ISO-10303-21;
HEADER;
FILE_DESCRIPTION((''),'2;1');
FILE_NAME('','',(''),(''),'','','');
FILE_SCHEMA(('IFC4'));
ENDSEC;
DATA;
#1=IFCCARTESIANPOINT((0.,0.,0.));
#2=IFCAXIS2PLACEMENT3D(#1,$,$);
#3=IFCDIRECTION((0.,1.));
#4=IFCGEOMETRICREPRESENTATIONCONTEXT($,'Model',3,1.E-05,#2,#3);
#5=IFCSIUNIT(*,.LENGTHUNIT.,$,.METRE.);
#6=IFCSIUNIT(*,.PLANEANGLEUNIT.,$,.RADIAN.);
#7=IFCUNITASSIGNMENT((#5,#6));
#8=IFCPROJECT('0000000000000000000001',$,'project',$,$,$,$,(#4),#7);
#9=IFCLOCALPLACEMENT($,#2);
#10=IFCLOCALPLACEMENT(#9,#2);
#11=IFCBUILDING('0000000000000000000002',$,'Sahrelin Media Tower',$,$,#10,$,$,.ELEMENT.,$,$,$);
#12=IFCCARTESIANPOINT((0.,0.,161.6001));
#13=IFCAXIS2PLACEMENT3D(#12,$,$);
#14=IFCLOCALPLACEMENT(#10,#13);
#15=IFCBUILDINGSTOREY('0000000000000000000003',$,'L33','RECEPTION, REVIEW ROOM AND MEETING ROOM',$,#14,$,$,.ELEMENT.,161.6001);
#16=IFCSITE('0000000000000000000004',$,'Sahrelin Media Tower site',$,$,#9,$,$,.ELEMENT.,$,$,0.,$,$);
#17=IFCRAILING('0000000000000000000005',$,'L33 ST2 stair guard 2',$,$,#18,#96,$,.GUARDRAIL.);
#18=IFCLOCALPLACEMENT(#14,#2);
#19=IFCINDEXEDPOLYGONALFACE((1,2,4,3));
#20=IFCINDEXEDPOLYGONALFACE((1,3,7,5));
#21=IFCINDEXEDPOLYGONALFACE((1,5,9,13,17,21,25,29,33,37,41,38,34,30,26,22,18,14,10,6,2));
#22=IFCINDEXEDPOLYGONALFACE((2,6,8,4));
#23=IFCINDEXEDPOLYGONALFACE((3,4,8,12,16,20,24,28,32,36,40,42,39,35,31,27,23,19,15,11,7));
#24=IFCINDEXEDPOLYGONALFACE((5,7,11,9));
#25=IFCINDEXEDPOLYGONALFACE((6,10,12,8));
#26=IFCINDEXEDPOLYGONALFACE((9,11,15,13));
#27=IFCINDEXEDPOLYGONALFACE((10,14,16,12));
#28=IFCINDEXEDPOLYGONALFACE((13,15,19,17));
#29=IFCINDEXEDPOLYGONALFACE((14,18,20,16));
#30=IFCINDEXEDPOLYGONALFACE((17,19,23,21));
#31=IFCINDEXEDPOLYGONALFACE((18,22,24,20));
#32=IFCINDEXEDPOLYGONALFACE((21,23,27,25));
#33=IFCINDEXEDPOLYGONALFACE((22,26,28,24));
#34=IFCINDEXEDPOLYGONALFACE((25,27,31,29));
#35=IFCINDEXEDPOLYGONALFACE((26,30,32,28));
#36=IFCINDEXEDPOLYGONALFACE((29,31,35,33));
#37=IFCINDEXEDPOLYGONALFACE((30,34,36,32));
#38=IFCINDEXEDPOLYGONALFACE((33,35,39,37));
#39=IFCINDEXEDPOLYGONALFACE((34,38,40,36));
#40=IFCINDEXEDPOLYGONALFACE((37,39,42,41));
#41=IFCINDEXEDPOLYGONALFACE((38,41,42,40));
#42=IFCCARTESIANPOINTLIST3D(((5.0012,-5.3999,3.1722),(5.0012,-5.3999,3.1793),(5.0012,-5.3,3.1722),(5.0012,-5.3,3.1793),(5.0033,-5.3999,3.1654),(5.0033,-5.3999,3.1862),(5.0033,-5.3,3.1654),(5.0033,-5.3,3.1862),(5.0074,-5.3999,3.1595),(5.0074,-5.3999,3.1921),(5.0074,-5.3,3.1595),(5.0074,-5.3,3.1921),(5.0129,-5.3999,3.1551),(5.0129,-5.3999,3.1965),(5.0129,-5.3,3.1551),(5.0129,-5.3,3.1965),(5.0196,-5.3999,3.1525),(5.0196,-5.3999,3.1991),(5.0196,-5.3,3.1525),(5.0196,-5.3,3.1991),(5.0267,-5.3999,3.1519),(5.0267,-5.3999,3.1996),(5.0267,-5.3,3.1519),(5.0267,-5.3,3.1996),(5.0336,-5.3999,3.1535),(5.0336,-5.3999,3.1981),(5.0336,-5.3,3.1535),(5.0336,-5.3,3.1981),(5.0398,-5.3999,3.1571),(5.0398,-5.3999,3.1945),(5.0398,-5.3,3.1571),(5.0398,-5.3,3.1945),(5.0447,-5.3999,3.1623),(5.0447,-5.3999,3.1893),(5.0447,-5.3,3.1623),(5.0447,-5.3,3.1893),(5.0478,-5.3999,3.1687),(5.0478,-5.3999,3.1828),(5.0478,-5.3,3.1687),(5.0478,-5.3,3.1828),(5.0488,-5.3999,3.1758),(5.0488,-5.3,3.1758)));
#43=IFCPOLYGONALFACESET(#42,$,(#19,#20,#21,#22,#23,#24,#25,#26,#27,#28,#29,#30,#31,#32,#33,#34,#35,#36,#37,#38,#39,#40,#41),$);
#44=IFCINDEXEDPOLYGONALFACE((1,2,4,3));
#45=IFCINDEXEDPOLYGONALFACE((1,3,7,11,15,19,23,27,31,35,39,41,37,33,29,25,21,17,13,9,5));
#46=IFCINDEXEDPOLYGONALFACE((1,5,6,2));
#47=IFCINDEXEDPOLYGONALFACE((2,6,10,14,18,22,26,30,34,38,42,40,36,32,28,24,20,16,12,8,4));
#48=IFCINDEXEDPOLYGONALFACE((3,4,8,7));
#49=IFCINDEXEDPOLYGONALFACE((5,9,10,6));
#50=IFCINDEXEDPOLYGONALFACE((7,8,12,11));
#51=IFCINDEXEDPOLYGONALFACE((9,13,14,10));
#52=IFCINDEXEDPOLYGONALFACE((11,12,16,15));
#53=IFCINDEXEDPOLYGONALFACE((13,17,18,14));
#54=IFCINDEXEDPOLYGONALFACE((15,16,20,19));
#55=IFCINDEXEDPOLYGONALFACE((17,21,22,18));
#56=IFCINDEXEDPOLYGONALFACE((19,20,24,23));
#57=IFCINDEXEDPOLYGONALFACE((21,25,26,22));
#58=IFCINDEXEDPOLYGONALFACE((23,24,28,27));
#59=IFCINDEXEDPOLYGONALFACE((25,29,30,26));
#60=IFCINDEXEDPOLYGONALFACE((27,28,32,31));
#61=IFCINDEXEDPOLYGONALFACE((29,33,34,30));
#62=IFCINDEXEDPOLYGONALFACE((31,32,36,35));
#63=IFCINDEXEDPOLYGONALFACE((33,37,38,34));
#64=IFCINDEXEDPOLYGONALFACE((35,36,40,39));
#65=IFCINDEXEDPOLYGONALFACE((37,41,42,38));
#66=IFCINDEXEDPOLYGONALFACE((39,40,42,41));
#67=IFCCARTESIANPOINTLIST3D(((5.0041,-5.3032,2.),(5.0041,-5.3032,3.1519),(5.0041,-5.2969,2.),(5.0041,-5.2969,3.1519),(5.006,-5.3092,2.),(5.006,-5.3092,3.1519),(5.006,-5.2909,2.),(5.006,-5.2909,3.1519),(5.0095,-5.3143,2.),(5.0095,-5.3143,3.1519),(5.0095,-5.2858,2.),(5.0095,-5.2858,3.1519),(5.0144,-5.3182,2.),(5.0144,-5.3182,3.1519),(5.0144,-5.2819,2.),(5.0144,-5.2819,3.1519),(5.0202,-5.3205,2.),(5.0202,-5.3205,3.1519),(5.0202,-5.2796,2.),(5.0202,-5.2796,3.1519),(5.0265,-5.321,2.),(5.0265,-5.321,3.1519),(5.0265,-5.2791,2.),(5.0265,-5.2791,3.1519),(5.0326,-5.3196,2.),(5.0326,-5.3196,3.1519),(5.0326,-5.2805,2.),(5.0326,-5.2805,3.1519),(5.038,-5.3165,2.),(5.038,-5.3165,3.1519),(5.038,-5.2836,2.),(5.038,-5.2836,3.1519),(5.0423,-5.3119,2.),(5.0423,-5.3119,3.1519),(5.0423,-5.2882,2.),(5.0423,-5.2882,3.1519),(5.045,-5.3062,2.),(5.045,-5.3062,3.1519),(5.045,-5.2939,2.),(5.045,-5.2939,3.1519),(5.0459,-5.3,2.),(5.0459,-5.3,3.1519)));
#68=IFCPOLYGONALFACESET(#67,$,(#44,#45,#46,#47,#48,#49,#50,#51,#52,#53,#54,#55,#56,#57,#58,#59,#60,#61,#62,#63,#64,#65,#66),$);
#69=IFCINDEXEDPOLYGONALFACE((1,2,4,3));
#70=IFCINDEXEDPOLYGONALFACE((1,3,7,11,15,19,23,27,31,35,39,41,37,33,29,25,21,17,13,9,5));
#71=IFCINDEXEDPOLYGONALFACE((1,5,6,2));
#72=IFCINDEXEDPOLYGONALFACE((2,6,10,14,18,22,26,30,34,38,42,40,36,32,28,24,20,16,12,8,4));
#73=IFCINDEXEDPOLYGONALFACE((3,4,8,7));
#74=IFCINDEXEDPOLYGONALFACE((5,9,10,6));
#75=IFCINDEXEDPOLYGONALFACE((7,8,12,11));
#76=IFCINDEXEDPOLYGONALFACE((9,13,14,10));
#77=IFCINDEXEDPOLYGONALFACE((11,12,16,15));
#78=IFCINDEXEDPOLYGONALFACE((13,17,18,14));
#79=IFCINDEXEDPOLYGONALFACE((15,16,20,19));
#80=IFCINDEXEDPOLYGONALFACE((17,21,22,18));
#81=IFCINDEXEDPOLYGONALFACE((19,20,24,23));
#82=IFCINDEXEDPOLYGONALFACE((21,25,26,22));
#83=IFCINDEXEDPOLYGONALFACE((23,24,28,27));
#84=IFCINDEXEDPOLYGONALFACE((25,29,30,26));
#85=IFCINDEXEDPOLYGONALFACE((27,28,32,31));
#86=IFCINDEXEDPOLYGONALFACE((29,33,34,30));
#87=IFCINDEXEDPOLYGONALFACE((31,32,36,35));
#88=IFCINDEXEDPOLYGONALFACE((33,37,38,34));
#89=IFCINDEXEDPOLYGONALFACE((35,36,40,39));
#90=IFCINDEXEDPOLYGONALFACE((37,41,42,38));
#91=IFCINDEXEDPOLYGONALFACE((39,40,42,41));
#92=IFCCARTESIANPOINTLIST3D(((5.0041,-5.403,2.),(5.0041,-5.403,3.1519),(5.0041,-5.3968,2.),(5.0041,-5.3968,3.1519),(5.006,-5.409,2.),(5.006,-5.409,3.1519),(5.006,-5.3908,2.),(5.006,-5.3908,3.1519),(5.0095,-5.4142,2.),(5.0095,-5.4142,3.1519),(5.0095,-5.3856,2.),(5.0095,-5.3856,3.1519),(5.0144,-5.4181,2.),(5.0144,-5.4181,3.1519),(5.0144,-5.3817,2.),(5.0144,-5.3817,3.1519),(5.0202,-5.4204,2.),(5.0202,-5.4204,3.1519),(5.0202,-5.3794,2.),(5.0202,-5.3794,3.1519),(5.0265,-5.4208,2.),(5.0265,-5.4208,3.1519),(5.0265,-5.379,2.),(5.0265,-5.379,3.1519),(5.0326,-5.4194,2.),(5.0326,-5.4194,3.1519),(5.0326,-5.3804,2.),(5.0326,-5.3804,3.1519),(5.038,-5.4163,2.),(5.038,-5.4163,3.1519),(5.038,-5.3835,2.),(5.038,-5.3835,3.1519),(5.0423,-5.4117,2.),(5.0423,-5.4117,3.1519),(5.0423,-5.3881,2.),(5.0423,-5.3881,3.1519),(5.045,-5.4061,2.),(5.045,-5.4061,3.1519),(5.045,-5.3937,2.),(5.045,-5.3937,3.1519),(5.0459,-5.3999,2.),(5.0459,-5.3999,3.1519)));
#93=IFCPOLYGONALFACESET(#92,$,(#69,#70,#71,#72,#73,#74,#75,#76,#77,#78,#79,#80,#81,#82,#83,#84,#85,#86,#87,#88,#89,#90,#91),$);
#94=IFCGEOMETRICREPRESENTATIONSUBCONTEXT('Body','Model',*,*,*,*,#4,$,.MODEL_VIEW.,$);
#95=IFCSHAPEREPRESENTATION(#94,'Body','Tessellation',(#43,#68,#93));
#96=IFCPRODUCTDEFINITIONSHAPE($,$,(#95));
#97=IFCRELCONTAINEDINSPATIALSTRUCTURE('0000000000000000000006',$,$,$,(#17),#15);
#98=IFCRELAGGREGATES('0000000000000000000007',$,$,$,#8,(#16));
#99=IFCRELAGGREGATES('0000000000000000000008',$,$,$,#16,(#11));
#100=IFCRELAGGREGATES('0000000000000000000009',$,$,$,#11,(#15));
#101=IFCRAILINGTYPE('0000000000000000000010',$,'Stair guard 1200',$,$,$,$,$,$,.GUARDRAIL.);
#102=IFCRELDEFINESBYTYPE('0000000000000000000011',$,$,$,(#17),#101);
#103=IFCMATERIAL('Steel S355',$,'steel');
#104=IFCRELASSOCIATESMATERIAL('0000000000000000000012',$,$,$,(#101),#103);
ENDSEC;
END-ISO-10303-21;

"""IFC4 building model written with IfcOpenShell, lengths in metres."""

from ifc_helpers import new_model, si_unit, direction, frame, origin, origin_2d, place, context, subcontext, project, spatial, circle, extrude, material, type_object, element, save


model = new_model("IFC4")

# Units and contexts
model_context = context("Model", 3, precision=1e-05, world=origin(), true_north=direction((0.0, 1.0)))
body_context = subcontext(model_context, "Body", "Model", "MODEL_VIEW")
ifc_project = project(units=[si_unit("LENGTHUNIT", "METRE"), si_unit("PLANEANGLEUNIT", "RADIAN")], contexts=[model_context])

# Site, building, storey
site_placement = place(None, origin())
site = spatial("IfcSite", under=ifc_project, at=site_placement, Name="Sahrelin Media Tower site", CompositionType="ELEMENT", RefElevation=0.0)
building_placement = place(site_placement, origin())
building = spatial("IfcBuilding", under=site, at=building_placement, Name="Sahrelin Media Tower", CompositionType="ELEMENT")
storey_placement = place(building_placement, frame((0.0, 0.0, 161.6001)))
storey = spatial("IfcBuildingStorey", under=building, at=storey_placement, Name="L33", Description="RECEPTION, REVIEW ROOM AND MEETING ROOM", CompositionType="ELEMENT", Elevation=161.6001)

# Shared definitions
ifc_material_1 = material(Name="Steel S355", Category="steel")

# Railing
railing_type_1 = type_object("IfcRailingType", Name="Stair guard 1200", PredefinedType="GUARDRAIL", material=ifc_material_1)
railing_1_placement = place(storey_placement, frame((5.0249, -5.3, 2.0)))
element("IfcRailing", 1, at=railing_1_placement, inside=storey, type_object=railing_type_1, Name="L33 ST2 stair guard 2", PredefinedType="GUARDRAIL", context=body_context, shape_type="SweptSolid", body=[
    extrude(circle(Radius=0.0239, at=origin_2d()), frame((0.0, 0.0, 1.1758), z_axis=(0.0, -1.0, 0.0), x_axis=(1.0, 0.0, 0.0)), (0.0, 0.0, 1.0), 0.0999),
    extrude(circle(Radius=0.021, at=origin_2d()), origin(), (0.0, 0.0, 1.0), 1.1519),
    extrude(circle(Radius=0.021, at=origin_2d()), frame((0.0, -0.0999, 0.0)), (0.0, 0.0, 1.0), 1.1519),
])

save(model, "model.ifc")
